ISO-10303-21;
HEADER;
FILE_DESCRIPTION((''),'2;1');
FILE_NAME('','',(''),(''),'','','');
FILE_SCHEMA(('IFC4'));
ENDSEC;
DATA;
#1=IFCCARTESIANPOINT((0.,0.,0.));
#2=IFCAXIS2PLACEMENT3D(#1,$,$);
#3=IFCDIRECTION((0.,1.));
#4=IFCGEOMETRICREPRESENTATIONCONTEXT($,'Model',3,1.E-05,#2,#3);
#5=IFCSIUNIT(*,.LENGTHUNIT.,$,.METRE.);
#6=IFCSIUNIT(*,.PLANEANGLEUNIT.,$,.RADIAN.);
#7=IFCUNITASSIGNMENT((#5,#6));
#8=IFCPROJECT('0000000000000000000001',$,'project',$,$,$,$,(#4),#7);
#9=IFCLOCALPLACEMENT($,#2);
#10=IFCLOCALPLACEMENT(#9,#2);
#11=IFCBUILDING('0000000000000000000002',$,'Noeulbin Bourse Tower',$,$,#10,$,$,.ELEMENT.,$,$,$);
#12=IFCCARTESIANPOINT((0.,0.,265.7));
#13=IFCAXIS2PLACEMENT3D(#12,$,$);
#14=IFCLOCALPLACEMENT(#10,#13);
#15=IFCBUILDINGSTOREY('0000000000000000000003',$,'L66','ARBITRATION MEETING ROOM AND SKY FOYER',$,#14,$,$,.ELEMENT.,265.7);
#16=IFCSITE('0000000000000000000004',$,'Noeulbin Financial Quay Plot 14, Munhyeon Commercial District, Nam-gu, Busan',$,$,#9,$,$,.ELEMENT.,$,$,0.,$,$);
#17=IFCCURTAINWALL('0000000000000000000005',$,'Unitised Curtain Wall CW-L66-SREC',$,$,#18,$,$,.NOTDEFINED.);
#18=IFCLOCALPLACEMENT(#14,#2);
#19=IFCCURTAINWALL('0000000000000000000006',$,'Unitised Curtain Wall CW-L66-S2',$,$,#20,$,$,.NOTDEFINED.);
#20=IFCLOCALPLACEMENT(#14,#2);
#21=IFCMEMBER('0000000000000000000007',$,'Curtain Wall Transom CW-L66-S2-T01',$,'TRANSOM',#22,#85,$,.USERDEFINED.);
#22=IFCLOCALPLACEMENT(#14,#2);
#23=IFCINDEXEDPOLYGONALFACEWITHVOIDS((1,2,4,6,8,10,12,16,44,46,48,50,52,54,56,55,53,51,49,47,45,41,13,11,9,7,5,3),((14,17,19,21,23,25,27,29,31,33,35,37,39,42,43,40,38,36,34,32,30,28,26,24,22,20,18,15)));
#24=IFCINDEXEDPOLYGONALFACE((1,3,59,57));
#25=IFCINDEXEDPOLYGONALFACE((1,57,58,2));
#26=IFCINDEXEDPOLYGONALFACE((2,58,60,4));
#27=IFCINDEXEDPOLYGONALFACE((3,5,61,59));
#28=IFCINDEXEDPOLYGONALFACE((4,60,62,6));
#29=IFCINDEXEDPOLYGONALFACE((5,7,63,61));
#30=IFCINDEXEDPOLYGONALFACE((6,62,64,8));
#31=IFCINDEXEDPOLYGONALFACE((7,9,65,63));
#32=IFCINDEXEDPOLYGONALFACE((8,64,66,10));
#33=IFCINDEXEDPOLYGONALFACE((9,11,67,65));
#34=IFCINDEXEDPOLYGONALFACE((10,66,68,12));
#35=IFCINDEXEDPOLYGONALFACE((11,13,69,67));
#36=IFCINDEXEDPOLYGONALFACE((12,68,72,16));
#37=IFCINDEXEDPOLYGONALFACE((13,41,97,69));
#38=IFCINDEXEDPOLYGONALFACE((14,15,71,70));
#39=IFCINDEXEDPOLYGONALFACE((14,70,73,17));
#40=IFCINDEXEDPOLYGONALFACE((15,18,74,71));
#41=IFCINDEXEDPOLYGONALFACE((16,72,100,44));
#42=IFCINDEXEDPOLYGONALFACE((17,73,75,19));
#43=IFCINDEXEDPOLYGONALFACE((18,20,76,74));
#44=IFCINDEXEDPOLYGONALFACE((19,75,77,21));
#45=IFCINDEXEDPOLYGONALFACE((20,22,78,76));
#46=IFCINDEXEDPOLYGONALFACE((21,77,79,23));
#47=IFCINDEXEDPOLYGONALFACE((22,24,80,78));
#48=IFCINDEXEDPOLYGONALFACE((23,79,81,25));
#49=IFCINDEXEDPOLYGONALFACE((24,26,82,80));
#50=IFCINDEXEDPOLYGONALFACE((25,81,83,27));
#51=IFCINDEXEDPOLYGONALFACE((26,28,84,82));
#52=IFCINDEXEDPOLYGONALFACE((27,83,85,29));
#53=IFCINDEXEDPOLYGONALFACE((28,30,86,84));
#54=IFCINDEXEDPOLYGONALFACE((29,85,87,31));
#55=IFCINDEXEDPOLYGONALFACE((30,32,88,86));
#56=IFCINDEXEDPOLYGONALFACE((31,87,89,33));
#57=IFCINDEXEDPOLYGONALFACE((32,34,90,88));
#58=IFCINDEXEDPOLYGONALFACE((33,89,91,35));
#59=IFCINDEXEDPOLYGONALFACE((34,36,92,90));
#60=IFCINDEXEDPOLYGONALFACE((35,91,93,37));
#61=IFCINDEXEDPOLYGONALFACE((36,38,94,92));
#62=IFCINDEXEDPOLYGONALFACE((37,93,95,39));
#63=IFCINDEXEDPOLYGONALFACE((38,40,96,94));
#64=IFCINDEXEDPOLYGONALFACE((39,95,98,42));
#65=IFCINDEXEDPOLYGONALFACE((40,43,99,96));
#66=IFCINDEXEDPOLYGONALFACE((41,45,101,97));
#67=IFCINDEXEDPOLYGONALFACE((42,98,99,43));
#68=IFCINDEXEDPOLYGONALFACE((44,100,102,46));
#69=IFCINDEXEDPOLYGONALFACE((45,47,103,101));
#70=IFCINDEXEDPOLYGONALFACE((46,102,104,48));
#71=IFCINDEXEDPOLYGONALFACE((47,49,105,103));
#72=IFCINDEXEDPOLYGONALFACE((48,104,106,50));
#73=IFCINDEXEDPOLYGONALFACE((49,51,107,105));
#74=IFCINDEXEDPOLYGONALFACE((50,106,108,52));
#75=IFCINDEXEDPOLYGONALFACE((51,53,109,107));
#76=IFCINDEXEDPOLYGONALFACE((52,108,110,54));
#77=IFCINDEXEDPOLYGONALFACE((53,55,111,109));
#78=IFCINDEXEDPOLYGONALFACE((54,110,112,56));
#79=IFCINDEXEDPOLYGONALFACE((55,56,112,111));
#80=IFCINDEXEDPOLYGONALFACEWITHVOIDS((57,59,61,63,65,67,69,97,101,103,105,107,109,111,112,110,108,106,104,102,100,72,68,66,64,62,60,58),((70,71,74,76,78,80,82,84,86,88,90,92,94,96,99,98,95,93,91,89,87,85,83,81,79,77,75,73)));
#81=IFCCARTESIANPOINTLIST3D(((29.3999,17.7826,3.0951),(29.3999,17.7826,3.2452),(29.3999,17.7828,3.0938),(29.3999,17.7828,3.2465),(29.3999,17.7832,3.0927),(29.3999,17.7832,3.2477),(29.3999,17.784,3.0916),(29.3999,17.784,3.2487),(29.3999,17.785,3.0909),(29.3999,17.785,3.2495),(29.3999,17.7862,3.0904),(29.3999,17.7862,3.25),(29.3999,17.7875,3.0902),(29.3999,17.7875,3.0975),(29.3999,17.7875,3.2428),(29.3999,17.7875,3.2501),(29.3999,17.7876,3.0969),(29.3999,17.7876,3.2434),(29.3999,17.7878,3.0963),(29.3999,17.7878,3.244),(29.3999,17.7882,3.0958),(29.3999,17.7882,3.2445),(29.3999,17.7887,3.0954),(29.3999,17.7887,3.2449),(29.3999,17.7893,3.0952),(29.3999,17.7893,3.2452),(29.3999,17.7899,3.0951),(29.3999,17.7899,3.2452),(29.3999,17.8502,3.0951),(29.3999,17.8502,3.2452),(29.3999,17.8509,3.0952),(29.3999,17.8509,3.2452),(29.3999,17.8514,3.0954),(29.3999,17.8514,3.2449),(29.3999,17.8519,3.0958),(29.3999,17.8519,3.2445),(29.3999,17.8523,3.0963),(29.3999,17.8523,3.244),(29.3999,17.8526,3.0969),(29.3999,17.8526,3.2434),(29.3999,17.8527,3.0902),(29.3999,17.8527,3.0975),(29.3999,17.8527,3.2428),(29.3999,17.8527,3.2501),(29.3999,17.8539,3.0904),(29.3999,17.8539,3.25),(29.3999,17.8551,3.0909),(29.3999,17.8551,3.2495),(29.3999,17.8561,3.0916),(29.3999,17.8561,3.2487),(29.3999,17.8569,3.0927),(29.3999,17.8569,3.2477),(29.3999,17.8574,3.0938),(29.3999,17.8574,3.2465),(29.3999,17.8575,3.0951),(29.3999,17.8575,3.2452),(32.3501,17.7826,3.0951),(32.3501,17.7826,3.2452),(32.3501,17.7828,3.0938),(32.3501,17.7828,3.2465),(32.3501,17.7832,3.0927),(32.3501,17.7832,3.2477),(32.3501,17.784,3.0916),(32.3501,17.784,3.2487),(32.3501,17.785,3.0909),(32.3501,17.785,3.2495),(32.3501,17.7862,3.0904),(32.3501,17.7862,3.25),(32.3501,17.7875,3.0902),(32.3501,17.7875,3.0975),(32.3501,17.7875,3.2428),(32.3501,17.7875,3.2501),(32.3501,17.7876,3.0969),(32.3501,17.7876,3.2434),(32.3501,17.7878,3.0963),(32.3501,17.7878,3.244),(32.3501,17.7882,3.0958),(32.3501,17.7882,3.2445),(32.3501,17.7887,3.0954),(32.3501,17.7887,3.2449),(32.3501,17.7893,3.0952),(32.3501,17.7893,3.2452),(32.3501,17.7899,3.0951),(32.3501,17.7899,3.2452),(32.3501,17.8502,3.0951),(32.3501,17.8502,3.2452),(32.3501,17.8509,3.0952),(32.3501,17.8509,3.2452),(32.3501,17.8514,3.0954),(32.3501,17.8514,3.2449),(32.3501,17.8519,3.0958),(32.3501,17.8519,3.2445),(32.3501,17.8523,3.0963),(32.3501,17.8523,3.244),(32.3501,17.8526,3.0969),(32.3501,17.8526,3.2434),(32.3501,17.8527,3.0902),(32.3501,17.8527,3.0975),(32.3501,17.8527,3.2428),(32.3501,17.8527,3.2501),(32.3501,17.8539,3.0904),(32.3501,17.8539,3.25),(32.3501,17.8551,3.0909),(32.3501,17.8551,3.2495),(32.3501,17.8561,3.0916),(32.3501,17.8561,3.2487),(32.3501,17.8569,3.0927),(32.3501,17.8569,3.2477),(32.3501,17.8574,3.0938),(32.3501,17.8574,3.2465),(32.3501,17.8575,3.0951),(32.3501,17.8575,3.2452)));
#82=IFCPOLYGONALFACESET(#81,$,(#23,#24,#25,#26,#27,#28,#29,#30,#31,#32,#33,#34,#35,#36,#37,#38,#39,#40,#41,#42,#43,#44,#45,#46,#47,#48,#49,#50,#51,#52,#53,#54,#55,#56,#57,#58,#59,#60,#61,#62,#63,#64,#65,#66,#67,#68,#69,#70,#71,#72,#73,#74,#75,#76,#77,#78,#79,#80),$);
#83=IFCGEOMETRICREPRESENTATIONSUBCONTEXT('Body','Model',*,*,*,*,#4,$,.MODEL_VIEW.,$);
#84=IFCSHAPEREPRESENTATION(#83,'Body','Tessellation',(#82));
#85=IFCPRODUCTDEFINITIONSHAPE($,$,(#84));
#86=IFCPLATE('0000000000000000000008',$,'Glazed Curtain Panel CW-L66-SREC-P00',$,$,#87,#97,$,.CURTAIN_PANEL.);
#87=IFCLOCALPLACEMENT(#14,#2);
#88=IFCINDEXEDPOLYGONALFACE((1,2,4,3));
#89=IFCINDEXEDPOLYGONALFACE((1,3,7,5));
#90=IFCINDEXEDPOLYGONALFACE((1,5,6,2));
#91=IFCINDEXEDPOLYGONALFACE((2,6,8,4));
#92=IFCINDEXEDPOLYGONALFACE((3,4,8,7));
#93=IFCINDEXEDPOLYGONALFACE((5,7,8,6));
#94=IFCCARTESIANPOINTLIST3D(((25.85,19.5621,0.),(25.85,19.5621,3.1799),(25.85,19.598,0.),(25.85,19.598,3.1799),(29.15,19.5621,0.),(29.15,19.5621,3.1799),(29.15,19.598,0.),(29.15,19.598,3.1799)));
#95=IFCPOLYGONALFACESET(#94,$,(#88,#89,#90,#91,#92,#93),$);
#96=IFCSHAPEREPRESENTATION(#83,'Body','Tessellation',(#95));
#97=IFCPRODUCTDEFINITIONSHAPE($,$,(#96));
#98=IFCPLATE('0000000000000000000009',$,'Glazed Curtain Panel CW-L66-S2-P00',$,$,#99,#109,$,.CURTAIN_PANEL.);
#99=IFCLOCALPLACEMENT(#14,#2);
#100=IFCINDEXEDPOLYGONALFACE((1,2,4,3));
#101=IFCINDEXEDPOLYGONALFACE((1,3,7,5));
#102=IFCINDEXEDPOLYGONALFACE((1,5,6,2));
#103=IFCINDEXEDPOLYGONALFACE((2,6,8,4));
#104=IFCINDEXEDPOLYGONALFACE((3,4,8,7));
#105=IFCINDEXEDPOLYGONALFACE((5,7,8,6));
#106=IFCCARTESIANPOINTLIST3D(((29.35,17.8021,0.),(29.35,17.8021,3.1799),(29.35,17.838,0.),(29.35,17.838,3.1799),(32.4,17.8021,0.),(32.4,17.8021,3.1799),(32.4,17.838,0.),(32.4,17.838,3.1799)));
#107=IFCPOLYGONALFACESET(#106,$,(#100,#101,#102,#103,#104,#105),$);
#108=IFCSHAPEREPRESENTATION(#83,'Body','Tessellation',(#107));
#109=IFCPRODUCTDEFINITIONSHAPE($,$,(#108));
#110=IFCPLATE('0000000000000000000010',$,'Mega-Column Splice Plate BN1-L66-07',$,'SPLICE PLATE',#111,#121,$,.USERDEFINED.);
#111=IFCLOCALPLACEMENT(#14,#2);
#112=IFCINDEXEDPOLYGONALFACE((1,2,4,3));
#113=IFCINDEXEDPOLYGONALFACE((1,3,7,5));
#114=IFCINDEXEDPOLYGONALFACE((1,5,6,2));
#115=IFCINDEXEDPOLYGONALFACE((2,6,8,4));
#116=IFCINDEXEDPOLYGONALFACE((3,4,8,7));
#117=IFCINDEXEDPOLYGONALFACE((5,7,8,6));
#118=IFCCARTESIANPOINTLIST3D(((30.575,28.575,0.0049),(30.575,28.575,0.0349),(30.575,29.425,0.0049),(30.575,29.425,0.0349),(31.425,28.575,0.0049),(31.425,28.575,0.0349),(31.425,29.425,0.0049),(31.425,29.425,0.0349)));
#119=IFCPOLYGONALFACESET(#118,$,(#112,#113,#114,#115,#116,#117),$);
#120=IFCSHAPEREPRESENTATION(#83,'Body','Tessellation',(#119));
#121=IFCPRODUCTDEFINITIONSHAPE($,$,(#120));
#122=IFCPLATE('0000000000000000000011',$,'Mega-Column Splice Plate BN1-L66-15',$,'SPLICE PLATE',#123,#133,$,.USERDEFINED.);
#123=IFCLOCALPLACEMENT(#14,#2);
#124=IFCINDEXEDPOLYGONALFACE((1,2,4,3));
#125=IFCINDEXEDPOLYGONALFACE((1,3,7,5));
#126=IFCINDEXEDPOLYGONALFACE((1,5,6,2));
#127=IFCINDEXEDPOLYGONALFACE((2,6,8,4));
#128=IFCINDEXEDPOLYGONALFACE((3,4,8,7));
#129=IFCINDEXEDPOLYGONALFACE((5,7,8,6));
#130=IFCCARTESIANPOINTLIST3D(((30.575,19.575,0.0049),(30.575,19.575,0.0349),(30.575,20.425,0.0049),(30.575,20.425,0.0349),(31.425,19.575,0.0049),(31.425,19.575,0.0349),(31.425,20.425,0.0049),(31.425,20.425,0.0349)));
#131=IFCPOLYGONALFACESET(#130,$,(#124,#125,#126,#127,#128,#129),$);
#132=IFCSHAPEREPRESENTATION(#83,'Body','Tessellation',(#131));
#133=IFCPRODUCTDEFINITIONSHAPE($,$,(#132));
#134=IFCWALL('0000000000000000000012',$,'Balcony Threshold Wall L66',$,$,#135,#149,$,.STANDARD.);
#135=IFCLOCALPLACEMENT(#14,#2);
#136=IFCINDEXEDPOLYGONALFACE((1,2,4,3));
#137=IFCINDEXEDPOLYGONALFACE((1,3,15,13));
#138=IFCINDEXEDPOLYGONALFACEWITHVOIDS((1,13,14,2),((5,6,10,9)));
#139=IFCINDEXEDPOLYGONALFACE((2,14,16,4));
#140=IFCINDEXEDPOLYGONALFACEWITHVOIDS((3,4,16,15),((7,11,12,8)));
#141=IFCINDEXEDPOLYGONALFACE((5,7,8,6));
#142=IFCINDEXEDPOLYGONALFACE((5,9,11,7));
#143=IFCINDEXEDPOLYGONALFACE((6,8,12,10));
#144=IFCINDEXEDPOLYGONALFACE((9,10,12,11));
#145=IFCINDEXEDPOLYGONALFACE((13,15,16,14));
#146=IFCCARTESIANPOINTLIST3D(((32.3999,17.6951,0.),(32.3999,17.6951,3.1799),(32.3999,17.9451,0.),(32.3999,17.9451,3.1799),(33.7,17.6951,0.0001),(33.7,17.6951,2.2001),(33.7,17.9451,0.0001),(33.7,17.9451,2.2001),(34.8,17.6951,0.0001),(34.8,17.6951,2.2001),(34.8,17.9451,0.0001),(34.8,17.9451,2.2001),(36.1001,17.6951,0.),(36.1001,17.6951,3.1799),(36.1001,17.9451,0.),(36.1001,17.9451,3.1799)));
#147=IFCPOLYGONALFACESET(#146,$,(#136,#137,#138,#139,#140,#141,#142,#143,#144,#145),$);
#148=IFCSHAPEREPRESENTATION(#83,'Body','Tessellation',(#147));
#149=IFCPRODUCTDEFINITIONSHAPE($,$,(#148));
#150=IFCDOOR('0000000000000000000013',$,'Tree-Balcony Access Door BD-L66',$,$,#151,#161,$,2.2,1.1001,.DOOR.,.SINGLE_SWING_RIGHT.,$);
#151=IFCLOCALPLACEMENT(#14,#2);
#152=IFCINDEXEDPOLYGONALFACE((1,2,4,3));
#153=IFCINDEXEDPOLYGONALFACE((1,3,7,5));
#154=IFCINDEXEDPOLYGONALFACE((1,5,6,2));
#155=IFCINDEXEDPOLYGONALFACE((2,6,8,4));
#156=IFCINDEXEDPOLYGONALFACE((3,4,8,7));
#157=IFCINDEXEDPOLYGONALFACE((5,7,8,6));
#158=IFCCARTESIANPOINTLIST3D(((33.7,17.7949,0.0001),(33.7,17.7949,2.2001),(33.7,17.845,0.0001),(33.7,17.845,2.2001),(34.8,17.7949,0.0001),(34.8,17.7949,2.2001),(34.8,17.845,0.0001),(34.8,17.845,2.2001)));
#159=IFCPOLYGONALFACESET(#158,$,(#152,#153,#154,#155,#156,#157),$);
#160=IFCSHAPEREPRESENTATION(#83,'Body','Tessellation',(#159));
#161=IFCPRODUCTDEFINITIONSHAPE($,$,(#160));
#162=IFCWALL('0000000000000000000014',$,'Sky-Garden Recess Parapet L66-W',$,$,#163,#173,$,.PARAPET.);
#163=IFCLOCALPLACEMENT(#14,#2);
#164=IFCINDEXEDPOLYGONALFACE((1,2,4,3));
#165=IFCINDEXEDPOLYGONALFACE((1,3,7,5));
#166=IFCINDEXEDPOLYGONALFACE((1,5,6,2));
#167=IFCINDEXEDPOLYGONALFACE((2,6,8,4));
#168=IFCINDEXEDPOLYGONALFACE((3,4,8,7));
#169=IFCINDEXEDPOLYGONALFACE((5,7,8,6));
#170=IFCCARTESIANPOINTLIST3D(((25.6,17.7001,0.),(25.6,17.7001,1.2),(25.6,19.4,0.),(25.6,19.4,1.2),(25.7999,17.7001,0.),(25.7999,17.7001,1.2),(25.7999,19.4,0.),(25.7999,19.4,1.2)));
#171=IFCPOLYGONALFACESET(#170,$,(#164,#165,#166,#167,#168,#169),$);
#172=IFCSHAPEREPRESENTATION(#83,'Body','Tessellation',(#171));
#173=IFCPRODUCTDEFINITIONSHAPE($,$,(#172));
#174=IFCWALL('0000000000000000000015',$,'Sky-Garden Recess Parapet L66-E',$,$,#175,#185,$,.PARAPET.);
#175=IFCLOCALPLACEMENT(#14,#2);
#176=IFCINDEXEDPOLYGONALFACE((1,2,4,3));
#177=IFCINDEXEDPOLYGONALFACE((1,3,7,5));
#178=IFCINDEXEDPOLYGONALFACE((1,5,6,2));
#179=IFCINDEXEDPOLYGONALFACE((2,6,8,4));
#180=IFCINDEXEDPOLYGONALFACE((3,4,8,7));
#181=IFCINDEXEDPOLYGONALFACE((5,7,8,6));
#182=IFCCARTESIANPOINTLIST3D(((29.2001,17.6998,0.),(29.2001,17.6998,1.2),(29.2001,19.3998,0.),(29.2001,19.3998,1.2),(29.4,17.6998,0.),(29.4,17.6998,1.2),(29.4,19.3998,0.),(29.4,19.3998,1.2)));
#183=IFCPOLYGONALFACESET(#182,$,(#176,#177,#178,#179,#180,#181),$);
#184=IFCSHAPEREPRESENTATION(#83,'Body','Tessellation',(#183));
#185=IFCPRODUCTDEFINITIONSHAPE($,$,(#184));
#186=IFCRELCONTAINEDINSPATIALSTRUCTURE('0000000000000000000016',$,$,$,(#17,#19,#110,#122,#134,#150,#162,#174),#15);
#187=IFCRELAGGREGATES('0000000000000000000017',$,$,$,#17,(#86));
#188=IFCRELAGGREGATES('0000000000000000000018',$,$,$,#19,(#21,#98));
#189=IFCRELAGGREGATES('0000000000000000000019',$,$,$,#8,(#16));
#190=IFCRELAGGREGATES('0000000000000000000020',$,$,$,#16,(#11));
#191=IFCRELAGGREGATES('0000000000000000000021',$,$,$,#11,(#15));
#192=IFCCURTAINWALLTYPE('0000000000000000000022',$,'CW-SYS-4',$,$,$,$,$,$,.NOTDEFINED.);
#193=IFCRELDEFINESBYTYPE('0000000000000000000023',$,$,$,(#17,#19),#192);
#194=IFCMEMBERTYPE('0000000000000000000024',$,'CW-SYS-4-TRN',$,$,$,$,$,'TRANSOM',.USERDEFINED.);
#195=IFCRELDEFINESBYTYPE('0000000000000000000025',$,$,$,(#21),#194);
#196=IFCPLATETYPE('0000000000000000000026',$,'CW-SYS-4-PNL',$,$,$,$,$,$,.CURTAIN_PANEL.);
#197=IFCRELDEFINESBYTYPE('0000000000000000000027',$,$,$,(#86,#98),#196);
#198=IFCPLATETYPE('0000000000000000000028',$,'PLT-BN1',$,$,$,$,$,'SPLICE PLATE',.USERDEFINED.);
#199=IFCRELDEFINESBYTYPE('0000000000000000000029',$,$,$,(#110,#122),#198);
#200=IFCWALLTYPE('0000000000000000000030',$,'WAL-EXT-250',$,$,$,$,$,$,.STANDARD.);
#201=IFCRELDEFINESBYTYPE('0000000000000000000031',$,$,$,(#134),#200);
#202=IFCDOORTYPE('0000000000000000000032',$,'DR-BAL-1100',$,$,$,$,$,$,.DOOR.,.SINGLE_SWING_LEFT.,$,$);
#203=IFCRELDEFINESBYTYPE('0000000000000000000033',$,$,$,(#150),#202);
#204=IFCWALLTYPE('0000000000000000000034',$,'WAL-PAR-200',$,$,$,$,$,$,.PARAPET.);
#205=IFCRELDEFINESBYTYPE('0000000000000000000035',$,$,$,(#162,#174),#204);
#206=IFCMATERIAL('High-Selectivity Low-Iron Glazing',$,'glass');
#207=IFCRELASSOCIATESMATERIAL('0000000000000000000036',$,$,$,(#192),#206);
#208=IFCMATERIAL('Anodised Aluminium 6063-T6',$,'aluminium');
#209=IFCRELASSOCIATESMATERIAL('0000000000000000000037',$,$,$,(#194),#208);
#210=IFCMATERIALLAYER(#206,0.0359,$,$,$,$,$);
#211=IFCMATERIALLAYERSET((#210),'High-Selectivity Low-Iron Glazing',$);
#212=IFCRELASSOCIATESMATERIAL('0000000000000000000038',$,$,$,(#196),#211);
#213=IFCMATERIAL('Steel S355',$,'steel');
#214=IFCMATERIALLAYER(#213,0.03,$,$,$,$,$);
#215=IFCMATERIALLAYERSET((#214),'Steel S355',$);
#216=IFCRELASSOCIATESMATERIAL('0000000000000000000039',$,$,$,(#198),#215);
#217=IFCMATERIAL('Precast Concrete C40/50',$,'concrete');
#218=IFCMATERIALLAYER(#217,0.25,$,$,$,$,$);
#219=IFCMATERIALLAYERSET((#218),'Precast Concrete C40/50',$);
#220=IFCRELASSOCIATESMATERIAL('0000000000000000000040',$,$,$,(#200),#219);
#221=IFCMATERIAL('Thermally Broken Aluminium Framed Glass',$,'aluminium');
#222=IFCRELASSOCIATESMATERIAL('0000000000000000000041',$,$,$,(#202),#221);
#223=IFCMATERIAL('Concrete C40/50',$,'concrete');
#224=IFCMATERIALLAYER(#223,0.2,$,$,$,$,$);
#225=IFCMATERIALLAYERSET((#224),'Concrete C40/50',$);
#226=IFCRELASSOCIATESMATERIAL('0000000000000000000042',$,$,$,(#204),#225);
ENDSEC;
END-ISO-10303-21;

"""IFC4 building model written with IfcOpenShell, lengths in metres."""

from ifc_helpers import new_model, si_unit, direction, frame, frame_2d, origin, origin_2d, place, context, subcontext, project, spatial, rectangle, hollow_rectangle, extrude, material, layer, layer_set, material_profile, profile_set, type_object, element, fill, aggregate, save


model = new_model("IFC4")

# Units and contexts
model_context = context("Model", 3, precision=1e-05, world=origin(), true_north=direction((0.0, 1.0)))
body_context = subcontext(model_context, "Body", "Model", "MODEL_VIEW")
ifc_project = project(units=[si_unit("LENGTHUNIT", "METRE"), si_unit("PLANEANGLEUNIT", "RADIAN")], contexts=[model_context])

# Site, building, storey
site_placement = place(None, origin())
site = spatial("IfcSite", under=ifc_project, at=site_placement, Name="Noeulbin Financial Quay Plot 14, Munhyeon Commercial District, Nam-gu, Busan", CompositionType="ELEMENT", RefElevation=0.0)
building_placement = place(site_placement, origin())
building = spatial("IfcBuilding", under=site, at=building_placement, Name="Noeulbin Bourse Tower", CompositionType="ELEMENT")
storey_placement = place(building_placement, frame((0.0, 0.0, 265.7)))
storey = spatial("IfcBuildingStorey", under=building, at=storey_placement, Name="L66", Description="ARBITRATION MEETING ROOM AND SKY FOYER", CompositionType="ELEMENT", Elevation=265.7)

# Shared definitions
ifc_material_1 = material(Name="Steel S355", Category="steel")

# Curtain wall
ifc_material_2 = material(Name="High-Selectivity Low-Iron Glazing", Category="glass")
curtain_wall_type = type_object("IfcCurtainWallType", Name="CW-SYS-4", PredefinedType="NOTDEFINED", material=ifc_material_2)
curtain_wall_1_placement = place(storey_placement, origin())
curtain_wall_1 = element("IfcCurtainWall", 1, at=curtain_wall_1_placement, inside=storey, type_object=curtain_wall_type, Name="Unitised Curtain Wall CW-L66-SREC", PredefinedType="NOTDEFINED")
ifc_material_3 = material(Name="Anodised Aluminium 6063-T6", Category="aluminium")

# Curtain wall
curtain_wall_2_placement = place(storey_placement, origin())
curtain_wall_2 = element("IfcCurtainWall", 2, at=curtain_wall_2_placement, inside=storey, type_object=curtain_wall_type, Name="Unitised Curtain Wall CW-L66-S2", PredefinedType="NOTDEFINED")

# Member
ifc_material_profile_1 = material_profile(ifc_material_3, hollow_rectangle(XDim=0.075, YDim=0.1599, WallThickness=0.0049, InnerFilletRadius=0.0024, OuterFilletRadius=0.0049, at=origin_2d()), Name="ALU-TRAN-75x160x5", Category="LoadBearing")
ifc_profile_set_1 = profile_set([ifc_material_profile_1], Name="Anodised Aluminium 6063-T6")
member_type_1 = type_object("IfcMemberType", Name="CW-SYS-4-TRN", ElementType="TRANSOM", PredefinedType="USERDEFINED", material=ifc_profile_set_1)
member_1_placement = place(storey_placement, frame((29.3999, 17.8201, 3.1702), z_axis=(1.0, 0.0, 0.0), x_axis=(0.0, 1.0, 0.0)))
member_1 = element("IfcMember", 3, at=member_1_placement, type_object=member_type_1, Name="Curtain Wall Transom CW-L66-S2-T01", ObjectType="TRANSOM", PredefinedType="USERDEFINED", context=body_context, shape_type="SweptSolid", body=[
    extrude(hollow_rectangle(XDim=0.075, YDim=0.1599, WallThickness=0.0049, InnerFilletRadius=0.0024, OuterFilletRadius=0.0049, at=origin_2d()), origin(), (0.0, 0.0, 1.0), 2.9502),
])

# Plates
ifc_layer_1 = layer(ifc_material_2, 0.0359)
ifc_layer_set_1 = layer_set([ifc_layer_1], Name="High-Selectivity Low-Iron Glazing")
plate_type_1 = type_object("IfcPlateType", Name="CW-SYS-4-PNL", PredefinedType="CURTAIN_PANEL", material=ifc_layer_set_1)
plate_1_placement = place(storey_placement, frame((27.5, 19.5801, 0.0), z_axis=(0.0, 0.0, 1.0), x_axis=(1.0, 0.0, 0.0)))
plate_1 = element("IfcPlate", 4, at=plate_1_placement, type_object=plate_type_1, Name="Glazed Curtain Panel CW-L66-SREC-P00", PredefinedType="CURTAIN_PANEL", context=body_context, shape_type="SweptSolid", body=[
    extrude(rectangle(XDim=3.3, YDim=0.0359, at=origin_2d()), origin(), (0.0, 0.0, 1.0), 3.1799),
])
aggregate(curtain_wall_1, [plate_1])
plate_2_placement = place(storey_placement, frame((30.875, 17.8201, 0.0), z_axis=(0.0, 0.0, 1.0), x_axis=(1.0, 0.0, 0.0)))
plate_2 = element("IfcPlate", 5, at=plate_2_placement, type_object=plate_type_1, Name="Glazed Curtain Panel CW-L66-S2-P00", PredefinedType="CURTAIN_PANEL", context=body_context, shape_type="SweptSolid", body=[
    extrude(rectangle(XDim=3.05, YDim=0.0359, at=origin_2d()), origin(), (0.0, 0.0, 1.0), 3.1799),
])
aggregate(curtain_wall_2, [member_1, plate_2])

# Plates
ifc_layer_2 = layer(ifc_material_1, 0.03)
ifc_layer_set_2 = layer_set([ifc_layer_2], Name="Steel S355")
plate_type_2 = type_object("IfcPlateType", Name="PLT-BN1", ElementType="SPLICE PLATE", PredefinedType="USERDEFINED", material=ifc_layer_set_2)
for number, where, z_axis, x_axis, name in (
    (6, (31.0, 29.0, 0.0049), (0.0, 0.0, 1.0), (1.0, 0.0, 0.0), "Mega-Column Splice Plate BN1-L66-07"),
    (7, (31.0, 20.0, 0.0049), (0.0, 0.0, 1.0), (1.0, 0.0, 0.0), "Mega-Column Splice Plate BN1-L66-15"),
):
    element("IfcPlate", number, at=place(storey_placement, frame(where, z_axis=z_axis, x_axis=x_axis)), inside=storey, type_object=plate_type_2, Name=name, ObjectType="SPLICE PLATE", PredefinedType="USERDEFINED", context=body_context, shape_type="SweptSolid", body=[
        extrude(rectangle(XDim=0.8501, YDim=0.8501, at=origin_2d()), origin(), (0.0, 0.0, 1.0), 0.03),
    ])

# Wall, opening, door
ifc_material_4 = material(Name="Precast Concrete C40/50", Category="concrete")
ifc_layer_3 = layer(ifc_material_4, 0.25)
ifc_layer_set_3 = layer_set([ifc_layer_3], Name="Precast Concrete C40/50")
wall_type_1 = type_object("IfcWallType", Name="WAL-EXT-250", PredefinedType="STANDARD", material=ifc_layer_set_3)
wall_1_placement = place(storey_placement, frame((32.3999, 17.8201, 0.0), z_axis=(0.0, 0.0, 1.0), x_axis=(1.0, 0.0, 0.0)))
wall_1 = element("IfcWall", 8, at=wall_1_placement, inside=storey, type_object=wall_type_1, Name="Balcony Threshold Wall L66", PredefinedType="STANDARD", context=body_context, shape_type="SweptSolid", body=[
    extrude(rectangle(XDim=3.7002, YDim=0.25, at=frame_2d((1.8501, 0.0))), origin(), (0.0, 0.0, 1.0), 3.1799),
])
opening_1_placement = place(wall_1_placement, frame((1.3, 0.0, 0.0)))
opening_1 = element("IfcOpeningElement", 9, at=opening_1_placement, cuts=wall_1, PredefinedType="OPENING", context=body_context, shape_type="SweptSolid", body=[
    extrude(rectangle(XDim=1.1001, YDim=2.2, at=frame_2d((0.55, 1.1001))), frame((0.0, 0.135, 0.0), z_axis=(0.0, -1.0, 0.0), x_axis=(1.0, 0.0, 0.0)), (0.0, 0.0, 1.0), 0.27),
])
ifc_material_5 = material(Name="Thermally Broken Aluminium Framed Glass", Category="aluminium")
door_type_1 = type_object("IfcDoorType", Name="DR-BAL-1100", OperationType="SINGLE_SWING_LEFT", PredefinedType="DOOR", material=ifc_material_5)
door_1_placement = place(opening_1_placement, origin())
door_1 = element("IfcDoor", 10, at=door_1_placement, inside=storey, type_object=door_type_1, Name="Tree-Balcony Access Door BD-L66", OperationType="SINGLE_SWING_RIGHT", OverallHeight=2.2, OverallWidth=1.1001, PredefinedType="DOOR", context=body_context, shape_type="SweptSolid", body=[
    extrude(rectangle(XDim=1.1001, YDim=2.2, at=frame_2d((0.55, 1.1001))), frame((0.0, 0.0249, 0.0), z_axis=(0.0, -1.0, 0.0), x_axis=(1.0, 0.0, 0.0)), (0.0, 0.0, 1.0), 0.05),
])
fill(opening_1, door_1)

# Walls
ifc_material_6 = material(Name="Concrete C40/50", Category="concrete")
ifc_layer_4 = layer(ifc_material_6, 0.2)
ifc_layer_set_4 = layer_set([ifc_layer_4], Name="Concrete C40/50")
wall_type_2 = type_object("IfcWallType", Name="WAL-PAR-200", PredefinedType="PARAPET", material=ifc_layer_set_4)
for number, where, z_axis, x_axis, name in (
    (11, (25.7, 17.7, 0.0), (0.0, 0.0, 1.0), (0.0, 1.0, 0.0), "Sky-Garden Recess Parapet L66-W"),
    (12, (29.3, 19.3999, 0.0), (0.0, 0.0, 1.0), (0.0, -1.0, 0.0), "Sky-Garden Recess Parapet L66-E"),
):
    element("IfcWall", number, at=place(storey_placement, frame(where, z_axis=z_axis, x_axis=x_axis)), inside=storey, type_object=wall_type_2, Name=name, PredefinedType="PARAPET", context=body_context, shape_type="SweptSolid", body=[
        extrude(rectangle(XDim=1.7, YDim=0.2, at=frame_2d((0.8501, 0.0))), origin(), (0.0, 0.0, 1.0), 1.2),
    ])

save(model, "model.ifc")
